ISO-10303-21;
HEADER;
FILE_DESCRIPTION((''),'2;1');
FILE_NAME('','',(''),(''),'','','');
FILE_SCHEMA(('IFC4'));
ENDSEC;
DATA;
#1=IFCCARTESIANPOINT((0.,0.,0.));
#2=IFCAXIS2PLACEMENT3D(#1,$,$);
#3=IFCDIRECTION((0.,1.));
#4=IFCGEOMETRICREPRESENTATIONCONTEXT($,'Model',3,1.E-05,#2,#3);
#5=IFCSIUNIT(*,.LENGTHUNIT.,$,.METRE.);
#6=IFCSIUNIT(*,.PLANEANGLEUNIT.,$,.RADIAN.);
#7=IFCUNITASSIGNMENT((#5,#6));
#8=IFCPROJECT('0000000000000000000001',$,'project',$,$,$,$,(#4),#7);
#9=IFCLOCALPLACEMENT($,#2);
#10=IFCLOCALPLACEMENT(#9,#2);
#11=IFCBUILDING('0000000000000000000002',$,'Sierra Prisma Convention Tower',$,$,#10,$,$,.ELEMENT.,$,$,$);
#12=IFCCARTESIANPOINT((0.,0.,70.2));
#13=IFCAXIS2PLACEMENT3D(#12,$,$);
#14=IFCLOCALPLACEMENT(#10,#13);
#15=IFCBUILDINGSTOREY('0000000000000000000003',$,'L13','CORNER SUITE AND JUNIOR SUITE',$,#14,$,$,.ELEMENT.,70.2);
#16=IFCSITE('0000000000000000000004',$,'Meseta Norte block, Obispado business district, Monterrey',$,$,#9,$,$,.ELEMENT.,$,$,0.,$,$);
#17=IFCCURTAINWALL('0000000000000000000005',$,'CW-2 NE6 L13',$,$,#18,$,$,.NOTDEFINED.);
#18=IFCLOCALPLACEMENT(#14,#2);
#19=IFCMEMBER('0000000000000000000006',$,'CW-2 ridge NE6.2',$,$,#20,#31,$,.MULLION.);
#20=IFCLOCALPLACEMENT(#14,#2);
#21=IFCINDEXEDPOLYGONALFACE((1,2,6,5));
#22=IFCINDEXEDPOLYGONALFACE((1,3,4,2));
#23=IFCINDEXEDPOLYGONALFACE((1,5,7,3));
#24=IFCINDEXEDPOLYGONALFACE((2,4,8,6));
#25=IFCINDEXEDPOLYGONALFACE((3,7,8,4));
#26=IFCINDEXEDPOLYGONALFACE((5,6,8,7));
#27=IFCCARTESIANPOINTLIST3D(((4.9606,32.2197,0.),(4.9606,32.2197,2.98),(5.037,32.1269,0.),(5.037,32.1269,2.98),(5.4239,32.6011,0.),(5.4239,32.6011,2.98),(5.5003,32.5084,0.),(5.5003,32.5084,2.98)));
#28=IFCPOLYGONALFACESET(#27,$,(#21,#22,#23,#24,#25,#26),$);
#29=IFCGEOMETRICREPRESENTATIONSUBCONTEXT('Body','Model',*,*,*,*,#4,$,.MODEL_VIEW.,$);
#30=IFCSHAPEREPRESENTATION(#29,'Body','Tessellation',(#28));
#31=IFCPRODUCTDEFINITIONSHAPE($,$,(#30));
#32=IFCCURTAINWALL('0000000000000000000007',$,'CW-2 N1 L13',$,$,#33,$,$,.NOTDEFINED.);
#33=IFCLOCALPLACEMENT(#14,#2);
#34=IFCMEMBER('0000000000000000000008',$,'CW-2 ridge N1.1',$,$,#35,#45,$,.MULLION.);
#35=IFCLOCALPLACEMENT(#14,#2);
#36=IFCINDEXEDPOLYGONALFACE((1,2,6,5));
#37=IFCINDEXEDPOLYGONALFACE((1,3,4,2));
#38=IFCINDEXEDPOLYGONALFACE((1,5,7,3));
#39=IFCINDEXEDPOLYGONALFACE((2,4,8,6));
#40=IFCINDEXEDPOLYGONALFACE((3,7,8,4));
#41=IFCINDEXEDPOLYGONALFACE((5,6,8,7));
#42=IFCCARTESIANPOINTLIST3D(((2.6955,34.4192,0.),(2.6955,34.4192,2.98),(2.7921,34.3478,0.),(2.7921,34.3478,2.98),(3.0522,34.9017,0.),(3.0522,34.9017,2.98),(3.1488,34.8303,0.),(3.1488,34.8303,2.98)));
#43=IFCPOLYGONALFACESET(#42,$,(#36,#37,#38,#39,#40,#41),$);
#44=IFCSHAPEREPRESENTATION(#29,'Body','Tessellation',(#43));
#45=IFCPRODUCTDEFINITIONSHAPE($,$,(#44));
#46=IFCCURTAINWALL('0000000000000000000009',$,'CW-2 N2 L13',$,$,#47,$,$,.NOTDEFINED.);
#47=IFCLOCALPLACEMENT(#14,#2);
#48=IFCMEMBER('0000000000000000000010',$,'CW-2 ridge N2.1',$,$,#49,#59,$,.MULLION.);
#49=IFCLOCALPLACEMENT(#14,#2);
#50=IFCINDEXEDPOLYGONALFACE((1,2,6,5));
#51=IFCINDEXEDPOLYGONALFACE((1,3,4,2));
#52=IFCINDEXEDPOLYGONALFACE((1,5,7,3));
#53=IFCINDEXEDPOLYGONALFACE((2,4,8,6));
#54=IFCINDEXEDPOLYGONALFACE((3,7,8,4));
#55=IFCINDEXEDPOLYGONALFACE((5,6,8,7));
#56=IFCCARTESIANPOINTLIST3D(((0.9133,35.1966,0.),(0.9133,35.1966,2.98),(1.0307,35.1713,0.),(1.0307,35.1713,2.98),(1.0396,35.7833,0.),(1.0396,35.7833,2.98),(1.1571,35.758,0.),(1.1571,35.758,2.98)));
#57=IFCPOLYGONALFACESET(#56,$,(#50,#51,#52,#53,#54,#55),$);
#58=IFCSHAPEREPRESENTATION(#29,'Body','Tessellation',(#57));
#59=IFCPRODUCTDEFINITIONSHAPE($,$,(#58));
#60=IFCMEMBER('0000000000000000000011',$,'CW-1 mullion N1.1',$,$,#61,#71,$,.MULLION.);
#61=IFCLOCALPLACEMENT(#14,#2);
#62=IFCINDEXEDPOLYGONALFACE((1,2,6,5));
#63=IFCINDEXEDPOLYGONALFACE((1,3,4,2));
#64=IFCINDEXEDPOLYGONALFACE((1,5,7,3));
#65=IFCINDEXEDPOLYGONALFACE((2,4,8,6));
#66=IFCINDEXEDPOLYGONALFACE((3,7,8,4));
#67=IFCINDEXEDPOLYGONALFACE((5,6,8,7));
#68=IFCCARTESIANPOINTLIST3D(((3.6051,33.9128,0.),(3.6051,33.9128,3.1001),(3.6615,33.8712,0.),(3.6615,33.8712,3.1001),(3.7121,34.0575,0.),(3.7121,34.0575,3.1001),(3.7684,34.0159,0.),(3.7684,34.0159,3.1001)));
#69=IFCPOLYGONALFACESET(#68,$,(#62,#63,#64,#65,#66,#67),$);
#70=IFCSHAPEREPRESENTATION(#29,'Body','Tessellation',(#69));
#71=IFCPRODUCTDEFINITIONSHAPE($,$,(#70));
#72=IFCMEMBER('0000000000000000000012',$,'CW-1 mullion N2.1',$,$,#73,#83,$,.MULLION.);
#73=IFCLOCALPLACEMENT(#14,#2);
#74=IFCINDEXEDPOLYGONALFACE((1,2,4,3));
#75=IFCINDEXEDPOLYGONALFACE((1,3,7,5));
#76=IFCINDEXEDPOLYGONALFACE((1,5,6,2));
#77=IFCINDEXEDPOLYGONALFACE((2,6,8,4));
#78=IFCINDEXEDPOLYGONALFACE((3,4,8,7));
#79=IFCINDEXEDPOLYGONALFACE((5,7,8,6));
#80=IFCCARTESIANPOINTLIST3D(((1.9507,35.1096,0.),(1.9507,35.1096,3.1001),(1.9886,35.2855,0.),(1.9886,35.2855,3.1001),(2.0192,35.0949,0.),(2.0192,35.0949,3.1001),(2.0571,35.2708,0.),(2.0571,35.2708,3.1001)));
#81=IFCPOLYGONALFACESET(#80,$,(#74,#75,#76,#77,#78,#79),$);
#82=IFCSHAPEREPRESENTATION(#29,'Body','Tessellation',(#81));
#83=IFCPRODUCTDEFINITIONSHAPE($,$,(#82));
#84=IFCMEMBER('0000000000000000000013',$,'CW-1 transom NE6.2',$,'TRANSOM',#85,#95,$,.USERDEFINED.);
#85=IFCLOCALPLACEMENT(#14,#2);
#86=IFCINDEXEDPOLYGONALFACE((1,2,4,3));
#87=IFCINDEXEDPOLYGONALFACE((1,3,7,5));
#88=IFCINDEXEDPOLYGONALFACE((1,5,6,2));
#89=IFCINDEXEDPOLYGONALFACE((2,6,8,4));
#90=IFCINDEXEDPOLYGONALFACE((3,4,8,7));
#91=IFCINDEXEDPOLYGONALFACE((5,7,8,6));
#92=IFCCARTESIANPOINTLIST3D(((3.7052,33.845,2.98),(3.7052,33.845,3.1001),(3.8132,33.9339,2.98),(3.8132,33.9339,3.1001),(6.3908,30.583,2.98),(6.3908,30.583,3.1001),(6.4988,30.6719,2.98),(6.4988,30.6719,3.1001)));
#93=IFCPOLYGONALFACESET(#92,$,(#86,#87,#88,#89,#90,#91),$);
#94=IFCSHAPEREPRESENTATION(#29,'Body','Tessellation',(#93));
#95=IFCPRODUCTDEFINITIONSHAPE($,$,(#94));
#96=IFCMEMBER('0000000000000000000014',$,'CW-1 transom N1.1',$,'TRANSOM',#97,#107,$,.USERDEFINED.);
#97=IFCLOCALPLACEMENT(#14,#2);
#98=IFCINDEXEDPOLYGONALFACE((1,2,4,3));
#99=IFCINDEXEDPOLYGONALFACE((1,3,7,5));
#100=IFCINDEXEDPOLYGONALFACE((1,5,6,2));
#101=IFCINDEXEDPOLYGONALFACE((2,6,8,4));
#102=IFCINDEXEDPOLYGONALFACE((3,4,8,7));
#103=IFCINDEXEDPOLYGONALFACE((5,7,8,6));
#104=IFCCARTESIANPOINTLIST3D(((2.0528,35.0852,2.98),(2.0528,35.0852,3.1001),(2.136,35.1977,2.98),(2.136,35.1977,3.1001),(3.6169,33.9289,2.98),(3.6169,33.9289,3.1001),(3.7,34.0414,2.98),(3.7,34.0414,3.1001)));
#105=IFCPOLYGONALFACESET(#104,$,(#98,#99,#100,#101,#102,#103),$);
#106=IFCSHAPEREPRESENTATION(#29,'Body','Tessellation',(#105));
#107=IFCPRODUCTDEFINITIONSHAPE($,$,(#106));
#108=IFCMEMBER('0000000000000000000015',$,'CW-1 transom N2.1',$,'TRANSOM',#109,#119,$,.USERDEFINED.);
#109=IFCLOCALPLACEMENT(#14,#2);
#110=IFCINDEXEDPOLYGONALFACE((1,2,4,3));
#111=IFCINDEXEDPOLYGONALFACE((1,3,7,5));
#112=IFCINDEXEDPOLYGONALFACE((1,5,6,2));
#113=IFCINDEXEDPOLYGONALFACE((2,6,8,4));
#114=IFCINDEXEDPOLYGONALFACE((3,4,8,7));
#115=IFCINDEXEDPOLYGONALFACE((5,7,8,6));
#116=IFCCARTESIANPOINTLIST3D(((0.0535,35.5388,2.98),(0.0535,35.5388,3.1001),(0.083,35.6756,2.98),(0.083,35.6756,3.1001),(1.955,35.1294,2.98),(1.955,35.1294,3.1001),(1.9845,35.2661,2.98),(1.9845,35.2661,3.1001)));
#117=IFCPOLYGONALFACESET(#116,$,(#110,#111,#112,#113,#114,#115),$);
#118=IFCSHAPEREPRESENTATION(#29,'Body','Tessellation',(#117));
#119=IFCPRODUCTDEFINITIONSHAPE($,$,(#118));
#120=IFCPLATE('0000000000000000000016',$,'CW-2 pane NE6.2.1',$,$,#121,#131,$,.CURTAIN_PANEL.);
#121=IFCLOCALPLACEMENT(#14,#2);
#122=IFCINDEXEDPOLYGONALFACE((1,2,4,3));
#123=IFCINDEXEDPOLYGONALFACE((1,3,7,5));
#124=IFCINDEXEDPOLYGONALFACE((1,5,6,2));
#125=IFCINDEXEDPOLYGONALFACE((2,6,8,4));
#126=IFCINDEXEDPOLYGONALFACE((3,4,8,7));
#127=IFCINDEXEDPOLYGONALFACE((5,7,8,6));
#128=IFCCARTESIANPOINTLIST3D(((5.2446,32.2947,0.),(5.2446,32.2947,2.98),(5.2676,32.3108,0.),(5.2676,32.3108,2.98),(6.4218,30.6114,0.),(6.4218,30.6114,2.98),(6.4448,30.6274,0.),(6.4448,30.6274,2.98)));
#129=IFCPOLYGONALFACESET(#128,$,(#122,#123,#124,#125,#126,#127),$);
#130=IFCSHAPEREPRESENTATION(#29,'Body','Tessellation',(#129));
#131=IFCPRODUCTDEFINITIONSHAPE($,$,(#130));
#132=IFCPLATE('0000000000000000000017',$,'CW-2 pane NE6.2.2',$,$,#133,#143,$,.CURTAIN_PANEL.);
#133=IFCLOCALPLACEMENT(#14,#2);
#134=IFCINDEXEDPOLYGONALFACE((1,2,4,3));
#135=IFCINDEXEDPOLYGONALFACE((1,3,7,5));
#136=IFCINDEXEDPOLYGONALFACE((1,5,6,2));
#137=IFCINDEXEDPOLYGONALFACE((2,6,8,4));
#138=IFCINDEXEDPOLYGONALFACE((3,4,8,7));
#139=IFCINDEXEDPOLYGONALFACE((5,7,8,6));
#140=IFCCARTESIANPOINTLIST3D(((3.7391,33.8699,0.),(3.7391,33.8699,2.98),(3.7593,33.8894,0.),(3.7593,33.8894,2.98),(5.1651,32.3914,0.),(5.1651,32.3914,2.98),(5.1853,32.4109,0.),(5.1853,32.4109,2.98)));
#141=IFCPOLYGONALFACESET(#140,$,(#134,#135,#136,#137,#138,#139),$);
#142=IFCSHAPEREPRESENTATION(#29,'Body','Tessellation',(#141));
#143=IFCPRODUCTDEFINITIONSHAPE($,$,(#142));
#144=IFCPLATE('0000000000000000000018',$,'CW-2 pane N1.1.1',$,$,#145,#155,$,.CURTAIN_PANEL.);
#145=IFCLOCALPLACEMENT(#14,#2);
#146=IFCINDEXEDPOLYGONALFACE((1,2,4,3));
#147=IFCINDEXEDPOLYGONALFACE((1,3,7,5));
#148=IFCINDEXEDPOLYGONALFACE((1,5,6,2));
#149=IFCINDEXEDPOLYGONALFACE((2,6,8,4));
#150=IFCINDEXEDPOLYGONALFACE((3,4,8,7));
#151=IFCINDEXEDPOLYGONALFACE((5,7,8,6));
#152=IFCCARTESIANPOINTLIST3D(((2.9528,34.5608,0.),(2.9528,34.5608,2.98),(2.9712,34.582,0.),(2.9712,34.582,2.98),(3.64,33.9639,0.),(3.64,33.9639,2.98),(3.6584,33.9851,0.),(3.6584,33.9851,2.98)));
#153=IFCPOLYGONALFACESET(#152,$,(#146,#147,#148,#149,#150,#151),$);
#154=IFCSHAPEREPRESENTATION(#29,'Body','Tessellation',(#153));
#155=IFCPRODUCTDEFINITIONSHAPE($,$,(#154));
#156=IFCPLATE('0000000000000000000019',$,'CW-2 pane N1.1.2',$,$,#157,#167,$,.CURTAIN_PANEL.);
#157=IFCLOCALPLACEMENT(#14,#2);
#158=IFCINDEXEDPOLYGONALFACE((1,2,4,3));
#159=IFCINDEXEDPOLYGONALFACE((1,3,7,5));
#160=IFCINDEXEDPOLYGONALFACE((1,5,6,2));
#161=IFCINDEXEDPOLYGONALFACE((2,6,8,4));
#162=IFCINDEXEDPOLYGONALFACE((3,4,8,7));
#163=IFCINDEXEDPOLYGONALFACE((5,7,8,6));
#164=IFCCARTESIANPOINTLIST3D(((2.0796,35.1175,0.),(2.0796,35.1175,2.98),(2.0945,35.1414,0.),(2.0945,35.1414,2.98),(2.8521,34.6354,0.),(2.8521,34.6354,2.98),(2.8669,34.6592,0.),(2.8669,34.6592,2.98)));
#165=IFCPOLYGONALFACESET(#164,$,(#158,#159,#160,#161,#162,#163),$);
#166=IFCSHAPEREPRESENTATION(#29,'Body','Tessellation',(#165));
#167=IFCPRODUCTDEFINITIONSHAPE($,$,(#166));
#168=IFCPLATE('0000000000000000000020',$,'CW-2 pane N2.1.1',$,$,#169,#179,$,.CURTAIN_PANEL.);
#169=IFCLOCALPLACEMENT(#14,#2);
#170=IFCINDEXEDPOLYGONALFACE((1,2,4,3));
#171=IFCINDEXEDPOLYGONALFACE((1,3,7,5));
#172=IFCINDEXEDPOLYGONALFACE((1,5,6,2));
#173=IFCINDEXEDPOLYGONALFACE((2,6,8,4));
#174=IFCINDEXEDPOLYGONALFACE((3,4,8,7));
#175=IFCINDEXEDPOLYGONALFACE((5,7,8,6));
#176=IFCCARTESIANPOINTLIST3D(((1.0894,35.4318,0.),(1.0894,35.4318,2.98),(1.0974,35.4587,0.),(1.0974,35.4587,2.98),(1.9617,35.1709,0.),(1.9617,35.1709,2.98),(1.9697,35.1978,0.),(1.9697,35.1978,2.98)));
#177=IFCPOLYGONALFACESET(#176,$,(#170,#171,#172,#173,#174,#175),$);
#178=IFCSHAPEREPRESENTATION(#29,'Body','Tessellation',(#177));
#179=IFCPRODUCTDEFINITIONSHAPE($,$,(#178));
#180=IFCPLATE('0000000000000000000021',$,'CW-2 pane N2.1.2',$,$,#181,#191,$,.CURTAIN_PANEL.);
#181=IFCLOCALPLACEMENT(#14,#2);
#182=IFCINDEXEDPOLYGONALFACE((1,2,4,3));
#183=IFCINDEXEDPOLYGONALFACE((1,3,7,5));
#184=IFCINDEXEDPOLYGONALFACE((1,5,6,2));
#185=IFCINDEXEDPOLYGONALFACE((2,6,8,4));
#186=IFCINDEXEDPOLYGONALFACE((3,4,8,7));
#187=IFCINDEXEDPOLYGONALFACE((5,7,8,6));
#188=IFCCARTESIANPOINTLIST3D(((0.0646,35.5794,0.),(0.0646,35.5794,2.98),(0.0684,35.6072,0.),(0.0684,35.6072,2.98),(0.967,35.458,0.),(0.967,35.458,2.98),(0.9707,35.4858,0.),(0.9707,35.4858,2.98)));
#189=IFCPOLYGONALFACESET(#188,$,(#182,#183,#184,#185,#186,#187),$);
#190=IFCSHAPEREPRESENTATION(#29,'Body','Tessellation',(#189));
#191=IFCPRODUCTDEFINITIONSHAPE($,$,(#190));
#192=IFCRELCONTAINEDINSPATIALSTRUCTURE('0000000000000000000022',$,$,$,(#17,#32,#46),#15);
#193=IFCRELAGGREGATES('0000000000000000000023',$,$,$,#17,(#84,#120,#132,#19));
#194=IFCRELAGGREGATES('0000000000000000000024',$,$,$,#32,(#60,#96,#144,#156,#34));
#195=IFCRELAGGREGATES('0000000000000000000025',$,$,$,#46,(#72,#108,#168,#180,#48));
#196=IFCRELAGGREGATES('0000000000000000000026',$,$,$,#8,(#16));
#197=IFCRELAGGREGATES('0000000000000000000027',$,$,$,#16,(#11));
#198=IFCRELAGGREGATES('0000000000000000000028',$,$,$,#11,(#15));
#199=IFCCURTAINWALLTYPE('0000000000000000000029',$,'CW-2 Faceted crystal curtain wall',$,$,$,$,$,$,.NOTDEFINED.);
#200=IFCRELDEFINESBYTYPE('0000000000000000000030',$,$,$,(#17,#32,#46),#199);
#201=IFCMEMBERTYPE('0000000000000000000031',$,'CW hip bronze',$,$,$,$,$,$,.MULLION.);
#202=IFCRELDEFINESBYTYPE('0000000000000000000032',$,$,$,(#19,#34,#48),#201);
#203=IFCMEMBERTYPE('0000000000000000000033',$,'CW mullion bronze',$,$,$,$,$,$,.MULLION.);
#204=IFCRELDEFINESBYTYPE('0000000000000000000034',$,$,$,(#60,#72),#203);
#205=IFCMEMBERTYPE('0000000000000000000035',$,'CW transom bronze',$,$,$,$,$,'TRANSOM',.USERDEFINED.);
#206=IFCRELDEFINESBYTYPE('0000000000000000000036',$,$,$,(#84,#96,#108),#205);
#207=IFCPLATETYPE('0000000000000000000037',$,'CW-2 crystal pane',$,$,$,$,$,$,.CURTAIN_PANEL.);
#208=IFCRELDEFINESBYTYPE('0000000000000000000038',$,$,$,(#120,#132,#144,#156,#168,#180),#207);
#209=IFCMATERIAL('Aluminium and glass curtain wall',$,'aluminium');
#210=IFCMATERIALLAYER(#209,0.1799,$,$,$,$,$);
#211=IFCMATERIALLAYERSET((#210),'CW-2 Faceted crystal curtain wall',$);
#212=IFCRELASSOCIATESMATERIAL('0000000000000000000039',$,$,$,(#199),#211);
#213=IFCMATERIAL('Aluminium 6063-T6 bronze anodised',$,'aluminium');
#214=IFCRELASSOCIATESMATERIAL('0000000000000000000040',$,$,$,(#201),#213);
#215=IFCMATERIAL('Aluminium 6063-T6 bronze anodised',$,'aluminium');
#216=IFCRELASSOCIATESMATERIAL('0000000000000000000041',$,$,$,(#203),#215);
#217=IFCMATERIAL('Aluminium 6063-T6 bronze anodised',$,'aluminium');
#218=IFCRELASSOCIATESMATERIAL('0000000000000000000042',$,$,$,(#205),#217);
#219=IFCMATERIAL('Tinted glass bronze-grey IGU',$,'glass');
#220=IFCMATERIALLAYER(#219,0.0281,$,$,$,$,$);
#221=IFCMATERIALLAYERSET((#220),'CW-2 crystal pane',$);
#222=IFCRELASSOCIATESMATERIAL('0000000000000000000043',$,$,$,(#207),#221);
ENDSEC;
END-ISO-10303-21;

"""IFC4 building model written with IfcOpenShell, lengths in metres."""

from ifc_helpers import new_model, si_unit, direction, frame, origin, origin_2d, place, context, subcontext, project, spatial, polyline, rectangle, outline, extrude, material, layer, layer_set, material_profile, profile_set, type_object, element, aggregate, save


model = new_model("IFC4")

# Units and contexts
model_context = context("Model", 3, precision=1e-05, world=origin(), true_north=direction((0.0, 1.0)))
body_context = subcontext(model_context, "Body", "Model", "MODEL_VIEW")
ifc_project = project(units=[si_unit("LENGTHUNIT", "METRE"), si_unit("PLANEANGLEUNIT", "RADIAN")], contexts=[model_context])

# Site, building, storey
site_placement = place(None, origin())
site = spatial("IfcSite", under=ifc_project, at=site_placement, Name="Meseta Norte block, Obispado business district, Monterrey", CompositionType="ELEMENT", RefElevation=0.0)
building_placement = place(site_placement, origin())
building = spatial("IfcBuilding", under=site, at=building_placement, Name="Sierra Prisma Convention Tower", CompositionType="ELEMENT")
storey_placement = place(building_placement, frame((0.0, 0.0, 70.2)))
storey = spatial("IfcBuildingStorey", under=building, at=storey_placement, Name="L13", Description="CORNER SUITE AND JUNIOR SUITE", CompositionType="ELEMENT", Elevation=70.2)

# Curtain walls, members
ifc_material_1 = material(Name="Aluminium and glass curtain wall", Category="aluminium")
ifc_layer_1 = layer(ifc_material_1, 0.1799)
ifc_layer_set_1 = layer_set([ifc_layer_1], Name="CW-2 Faceted crystal curtain wall")
curtain_wall_type = type_object("IfcCurtainWallType", Name="CW-2 Faceted crystal curtain wall", PredefinedType="NOTDEFINED", material=ifc_layer_set_1)
curtain_wall_1_placement = place(storey_placement, origin())
curtain_wall_1 = element("IfcCurtainWall", 1, at=curtain_wall_1_placement, inside=storey, type_object=curtain_wall_type, Name="CW-2 NE6 L13", PredefinedType="NOTDEFINED")
ifc_material_2 = material(Name="Aluminium 6063-T6 bronze anodised", Category="aluminium")
ifc_material_profile_1 = material_profile(ifc_material_2, rectangle(XDim=0.1201, YDim=0.6001, at=origin_2d()), Name="ALU RIDGE BLADE 120x600")
ifc_profile_set_1 = profile_set([ifc_material_profile_1], Name="Aluminium 6063-T6 bronze anodised")
member_type_1 = type_object("IfcMemberType", Name="CW hip bronze", PredefinedType="MULLION", material=ifc_profile_set_1)
member_1_placement = place(storey_placement, frame((5.2305, 32.364, 0.0), z_axis=(0.0, 0.0, 1.0), x_axis=(-0.635579, 0.772036, 0.0)))
member_1 = element("IfcMember", 2, at=member_1_placement, type_object=member_type_1, Name="CW-2 ridge NE6.2", PredefinedType="MULLION", context=body_context, shape_type="SweptSolid", body=[
    extrude(rectangle(XDim=0.1201, YDim=0.6001, at=origin_2d()), origin(), (0.0, 0.0, 1.0), 2.98),
])
curtain_wall_2_placement = place(storey_placement, origin())
curtain_wall_2 = element("IfcCurtainWall", 3, at=curtain_wall_2_placement, inside=storey, type_object=curtain_wall_type, Name="CW-2 N1 L13", PredefinedType="NOTDEFINED")
member_2_placement = place(storey_placement, frame((2.9221, 34.6248, 0.0), z_axis=(0.0, 0.0, 1.0), x_axis=(-0.804133, 0.59445, 0.0)))
member_2 = element("IfcMember", 4, at=member_2_placement, type_object=member_type_1, Name="CW-2 ridge N1.1", PredefinedType="MULLION", context=body_context, shape_type="SweptSolid", body=[
    extrude(rectangle(XDim=0.1201, YDim=0.6001, at=origin_2d()), origin(), (0.0, 0.0, 1.0), 2.98),
])
curtain_wall_3_placement = place(storey_placement, origin())
curtain_wall_3 = element("IfcCurtainWall", 5, at=curtain_wall_3_placement, inside=storey, type_object=curtain_wall_type, Name="CW-2 N2 L13", PredefinedType="NOTDEFINED")
member_3_placement = place(storey_placement, frame((1.0352, 35.4773, 0.0), z_axis=(0.0, 0.0, 1.0), x_axis=(-0.977571, 0.210605, 0.0)))
member_3 = element("IfcMember", 6, at=member_3_placement, type_object=member_type_1, Name="CW-2 ridge N2.1", PredefinedType="MULLION", context=body_context, shape_type="SweptSolid", body=[
    extrude(rectangle(XDim=0.1201, YDim=0.6001, at=origin_2d()), origin(), (0.0, 0.0, 1.0), 2.98),
])

# Members
ifc_material_3 = material(Name="Aluminium 6063-T6 bronze anodised", Category="aluminium")
ifc_material_profile_2 = material_profile(ifc_material_3, rectangle(XDim=0.1799, YDim=0.0701, at=origin_2d()), Name="ALU MULLION 70x180")
ifc_profile_set_2 = profile_set([ifc_material_profile_2], Name="Aluminium 6063-T6 bronze anodised")
member_type_2 = type_object("IfcMemberType", Name="CW mullion bronze", PredefinedType="MULLION", material=ifc_profile_set_2)
member_4_placement = place(storey_placement, frame((3.6868, 33.9644, 0.0), z_axis=(0.0, 0.0, 1.0), x_axis=(-0.59445, -0.804133, 0.0)))
member_4 = element("IfcMember", 7, at=member_4_placement, type_object=member_type_2, Name="CW-1 mullion N1.1", PredefinedType="MULLION", context=body_context, shape_type="SweptSolid", body=[
    extrude(rectangle(XDim=0.1799, YDim=0.0701, at=origin_2d()), origin(), (0.0, 0.0, 1.0), 3.1001),
])
member_5_placement = place(storey_placement, frame((2.0039, 35.1902, 0.0), z_axis=(0.0, 0.0, 1.0), x_axis=(-0.210605, -0.977571, 0.0)))
member_5 = element("IfcMember", 8, at=member_5_placement, type_object=member_type_2, Name="CW-1 mullion N2.1", PredefinedType="MULLION", context=body_context, shape_type="SweptSolid", body=[
    extrude(rectangle(XDim=0.1799, YDim=0.0701, at=origin_2d()), origin(), (0.0, 0.0, 1.0), 3.1001),
])
ifc_material_4 = material(Name="Aluminium 6063-T6 bronze anodised", Category="aluminium")
ifc_material_profile_3 = material_profile(ifc_material_4, rectangle(XDim=0.1399, YDim=0.1201, at=origin_2d()), Name="ALU TRANSOM 120x140")
ifc_profile_set_3 = profile_set([ifc_material_profile_3], Name="Aluminium 6063-T6 bronze anodised")
member_type_3 = type_object("IfcMemberType", Name="CW transom bronze", ElementType="TRANSOM", PredefinedType="USERDEFINED", material=ifc_profile_set_3)
member_6_placement = place(storey_placement, frame((6.4448, 30.6274, 3.04), z_axis=(-0.635598, 0.77202, 0.0), x_axis=(-0.77202, -0.635598, 0.0)))
member_6 = element("IfcMember", 9, at=member_6_placement, type_object=member_type_3, Name="CW-1 transom NE6.2", ObjectType="TRANSOM", PredefinedType="USERDEFINED", context=body_context, shape_type="SweptSolid", body=[
    extrude(rectangle(XDim=0.1399, YDim=0.1201, at=origin_2d()), origin(), (0.0, 0.0, 1.0), 4.2253),
])
member_7_placement = place(storey_placement, frame((3.6584, 33.9851, 3.04), z_axis=(-0.804108, 0.594483, 0.0), x_axis=(-0.594483, -0.804108, 0.0)))
member_7 = element("IfcMember", 10, at=member_7_placement, type_object=member_type_3, Name="CW-1 transom N1.1", ObjectType="TRANSOM", PredefinedType="USERDEFINED", context=body_context, shape_type="SweptSolid", body=[
    extrude(rectangle(XDim=0.1399, YDim=0.1201, at=origin_2d()), origin(), (0.0, 0.0, 1.0), 1.9451),
])
member_8_placement = place(storey_placement, frame((1.9697, 35.1978, 3.04), z_axis=(-0.977593, 0.210506, 0.0), x_axis=(-0.210506, -0.977593, 0.0)))
member_8 = element("IfcMember", 11, at=member_8_placement, type_object=member_type_3, Name="CW-1 transom N2.1", ObjectType="TRANSOM", PredefinedType="USERDEFINED", context=body_context, shape_type="SweptSolid", body=[
    extrude(rectangle(XDim=0.1399, YDim=0.1201, at=origin_2d()), origin(), (0.0, 0.0, 1.0), 1.9451),
])

# Plates
ifc_material_5 = material(Name="Tinted glass bronze-grey IGU", Category="glass")
ifc_layer_2 = layer(ifc_material_5, 0.0281)
ifc_layer_set_2 = layer_set([ifc_layer_2], Name="CW-2 crystal pane")
plate_type = type_object("IfcPlateType", Name="CW-2 crystal pane", PredefinedType="CURTAIN_PANEL", material=ifc_layer_set_2)
plate_1_placement = place(storey_placement, frame((6.4448, 30.6274, 0.0), z_axis=(0.819483, 0.573103, 0.0), x_axis=(-0.573103, 0.819483, 0.0)))
plate_1 = element("IfcPlate", 12, at=plate_1_placement, type_object=plate_type, Name="CW-2 pane NE6.2.1", PredefinedType="CURTAIN_PANEL", context=body_context, shape_type="SweptSolid", body=[
    extrude(outline(polyline([(0.0, 0.0), (2.0542, 0.0), (2.0542, 2.98), (0.0, 2.98), (0.0, 0.0)])), origin(), (0.0, 0.0, -1.0), 0.0281),
])
plate_2_placement = place(storey_placement, frame((3.7593, 33.8894, 0.0), z_axis=(0.719768, 0.694215, 0.0), x_axis=(0.694215, -0.719768, 0.0)))
plate_2 = element("IfcPlate", 13, at=plate_2_placement, type_object=plate_type, Name="CW-2 pane NE6.2.2", PredefinedType="CURTAIN_PANEL", context=body_context, shape_type="SweptSolid", body=[
    extrude(outline(polyline([(0.0, 0.0), (2.0542, 0.0), (2.0542, -2.98), (0.0, -2.98), (0.0, 0.0)])), origin(), (0.0, 0.0, -1.0), 0.0281),
])
aggregate(curtain_wall_1, [member_6, plate_1, plate_2, member_1])
plate_3_placement = place(storey_placement, frame((3.6584, 33.9851, 0.0), z_axis=(0.655747, 0.754981, 0.0), x_axis=(-0.754981, 0.655747, 0.0)))
plate_3 = element("IfcPlate", 14, at=plate_3_placement, type_object=plate_type, Name="CW-2 pane N1.1.1", PredefinedType="CURTAIN_PANEL", context=body_context, shape_type="SweptSolid", body=[
    extrude(outline(polyline([(0.0, 0.0), (0.9103, 0.0), (0.9103, 2.98), (0.0, 2.98), (0.0, 0.0)])), origin(), (0.0, 0.0, -1.0), 0.0281),
])
plate_4_placement = place(storey_placement, frame((2.0945, 35.1414, 0.0), z_axis=(0.529517, 0.848299, 0.0), x_axis=(0.848299, -0.529517, 0.0)))
plate_4 = element("IfcPlate", 15, at=plate_4_placement, type_object=plate_type, Name="CW-2 pane N1.1.2", PredefinedType="CURTAIN_PANEL", context=body_context, shape_type="SweptSolid", body=[
    extrude(outline(polyline([(0.0, 0.0), (0.9106, 0.0), (0.9106, -2.98), (0.0, -2.98), (0.0, 0.0)])), origin(), (0.0, 0.0, -1.0), 0.0281),
])
aggregate(curtain_wall_2, [member_4, member_7, plate_3, plate_4, member_2])
plate_5_placement = place(storey_placement, frame((1.9697, 35.1978, 0.0), z_axis=(0.286634, 0.95804, 0.0), x_axis=(-0.95804, 0.286634, 0.0)))
plate_5 = element("IfcPlate", 16, at=plate_5_placement, type_object=plate_type, Name="CW-2 pane N2.1.1", PredefinedType="CURTAIN_PANEL", context=body_context, shape_type="SweptSolid", body=[
    extrude(outline(polyline([(0.0, 0.0), (0.9105, 0.0), (0.9105, 2.98), (0.0, 2.98), (0.0, 0.0)])), origin(), (0.0, 0.0, -1.0), 0.0281),
])
plate_6_placement = place(storey_placement, frame((0.0684, 35.6072, 0.0), z_axis=(0.13327, 0.99108, 0.0), x_axis=(0.99108, -0.13327, 0.0)))
plate_6 = element("IfcPlate", 17, at=plate_6_placement, type_object=plate_type, Name="CW-2 pane N2.1.2", PredefinedType="CURTAIN_PANEL", context=body_context, shape_type="SweptSolid", body=[
    extrude(outline(polyline([(0.0, 0.0), (0.9105, 0.0), (0.9105, -2.98), (0.0, -2.98), (0.0, 0.0)])), origin(), (0.0, 0.0, -1.0), 0.0281),
])
aggregate(curtain_wall_3, [member_5, member_8, plate_5, plate_6, member_3])

save(model, "model.ifc")
